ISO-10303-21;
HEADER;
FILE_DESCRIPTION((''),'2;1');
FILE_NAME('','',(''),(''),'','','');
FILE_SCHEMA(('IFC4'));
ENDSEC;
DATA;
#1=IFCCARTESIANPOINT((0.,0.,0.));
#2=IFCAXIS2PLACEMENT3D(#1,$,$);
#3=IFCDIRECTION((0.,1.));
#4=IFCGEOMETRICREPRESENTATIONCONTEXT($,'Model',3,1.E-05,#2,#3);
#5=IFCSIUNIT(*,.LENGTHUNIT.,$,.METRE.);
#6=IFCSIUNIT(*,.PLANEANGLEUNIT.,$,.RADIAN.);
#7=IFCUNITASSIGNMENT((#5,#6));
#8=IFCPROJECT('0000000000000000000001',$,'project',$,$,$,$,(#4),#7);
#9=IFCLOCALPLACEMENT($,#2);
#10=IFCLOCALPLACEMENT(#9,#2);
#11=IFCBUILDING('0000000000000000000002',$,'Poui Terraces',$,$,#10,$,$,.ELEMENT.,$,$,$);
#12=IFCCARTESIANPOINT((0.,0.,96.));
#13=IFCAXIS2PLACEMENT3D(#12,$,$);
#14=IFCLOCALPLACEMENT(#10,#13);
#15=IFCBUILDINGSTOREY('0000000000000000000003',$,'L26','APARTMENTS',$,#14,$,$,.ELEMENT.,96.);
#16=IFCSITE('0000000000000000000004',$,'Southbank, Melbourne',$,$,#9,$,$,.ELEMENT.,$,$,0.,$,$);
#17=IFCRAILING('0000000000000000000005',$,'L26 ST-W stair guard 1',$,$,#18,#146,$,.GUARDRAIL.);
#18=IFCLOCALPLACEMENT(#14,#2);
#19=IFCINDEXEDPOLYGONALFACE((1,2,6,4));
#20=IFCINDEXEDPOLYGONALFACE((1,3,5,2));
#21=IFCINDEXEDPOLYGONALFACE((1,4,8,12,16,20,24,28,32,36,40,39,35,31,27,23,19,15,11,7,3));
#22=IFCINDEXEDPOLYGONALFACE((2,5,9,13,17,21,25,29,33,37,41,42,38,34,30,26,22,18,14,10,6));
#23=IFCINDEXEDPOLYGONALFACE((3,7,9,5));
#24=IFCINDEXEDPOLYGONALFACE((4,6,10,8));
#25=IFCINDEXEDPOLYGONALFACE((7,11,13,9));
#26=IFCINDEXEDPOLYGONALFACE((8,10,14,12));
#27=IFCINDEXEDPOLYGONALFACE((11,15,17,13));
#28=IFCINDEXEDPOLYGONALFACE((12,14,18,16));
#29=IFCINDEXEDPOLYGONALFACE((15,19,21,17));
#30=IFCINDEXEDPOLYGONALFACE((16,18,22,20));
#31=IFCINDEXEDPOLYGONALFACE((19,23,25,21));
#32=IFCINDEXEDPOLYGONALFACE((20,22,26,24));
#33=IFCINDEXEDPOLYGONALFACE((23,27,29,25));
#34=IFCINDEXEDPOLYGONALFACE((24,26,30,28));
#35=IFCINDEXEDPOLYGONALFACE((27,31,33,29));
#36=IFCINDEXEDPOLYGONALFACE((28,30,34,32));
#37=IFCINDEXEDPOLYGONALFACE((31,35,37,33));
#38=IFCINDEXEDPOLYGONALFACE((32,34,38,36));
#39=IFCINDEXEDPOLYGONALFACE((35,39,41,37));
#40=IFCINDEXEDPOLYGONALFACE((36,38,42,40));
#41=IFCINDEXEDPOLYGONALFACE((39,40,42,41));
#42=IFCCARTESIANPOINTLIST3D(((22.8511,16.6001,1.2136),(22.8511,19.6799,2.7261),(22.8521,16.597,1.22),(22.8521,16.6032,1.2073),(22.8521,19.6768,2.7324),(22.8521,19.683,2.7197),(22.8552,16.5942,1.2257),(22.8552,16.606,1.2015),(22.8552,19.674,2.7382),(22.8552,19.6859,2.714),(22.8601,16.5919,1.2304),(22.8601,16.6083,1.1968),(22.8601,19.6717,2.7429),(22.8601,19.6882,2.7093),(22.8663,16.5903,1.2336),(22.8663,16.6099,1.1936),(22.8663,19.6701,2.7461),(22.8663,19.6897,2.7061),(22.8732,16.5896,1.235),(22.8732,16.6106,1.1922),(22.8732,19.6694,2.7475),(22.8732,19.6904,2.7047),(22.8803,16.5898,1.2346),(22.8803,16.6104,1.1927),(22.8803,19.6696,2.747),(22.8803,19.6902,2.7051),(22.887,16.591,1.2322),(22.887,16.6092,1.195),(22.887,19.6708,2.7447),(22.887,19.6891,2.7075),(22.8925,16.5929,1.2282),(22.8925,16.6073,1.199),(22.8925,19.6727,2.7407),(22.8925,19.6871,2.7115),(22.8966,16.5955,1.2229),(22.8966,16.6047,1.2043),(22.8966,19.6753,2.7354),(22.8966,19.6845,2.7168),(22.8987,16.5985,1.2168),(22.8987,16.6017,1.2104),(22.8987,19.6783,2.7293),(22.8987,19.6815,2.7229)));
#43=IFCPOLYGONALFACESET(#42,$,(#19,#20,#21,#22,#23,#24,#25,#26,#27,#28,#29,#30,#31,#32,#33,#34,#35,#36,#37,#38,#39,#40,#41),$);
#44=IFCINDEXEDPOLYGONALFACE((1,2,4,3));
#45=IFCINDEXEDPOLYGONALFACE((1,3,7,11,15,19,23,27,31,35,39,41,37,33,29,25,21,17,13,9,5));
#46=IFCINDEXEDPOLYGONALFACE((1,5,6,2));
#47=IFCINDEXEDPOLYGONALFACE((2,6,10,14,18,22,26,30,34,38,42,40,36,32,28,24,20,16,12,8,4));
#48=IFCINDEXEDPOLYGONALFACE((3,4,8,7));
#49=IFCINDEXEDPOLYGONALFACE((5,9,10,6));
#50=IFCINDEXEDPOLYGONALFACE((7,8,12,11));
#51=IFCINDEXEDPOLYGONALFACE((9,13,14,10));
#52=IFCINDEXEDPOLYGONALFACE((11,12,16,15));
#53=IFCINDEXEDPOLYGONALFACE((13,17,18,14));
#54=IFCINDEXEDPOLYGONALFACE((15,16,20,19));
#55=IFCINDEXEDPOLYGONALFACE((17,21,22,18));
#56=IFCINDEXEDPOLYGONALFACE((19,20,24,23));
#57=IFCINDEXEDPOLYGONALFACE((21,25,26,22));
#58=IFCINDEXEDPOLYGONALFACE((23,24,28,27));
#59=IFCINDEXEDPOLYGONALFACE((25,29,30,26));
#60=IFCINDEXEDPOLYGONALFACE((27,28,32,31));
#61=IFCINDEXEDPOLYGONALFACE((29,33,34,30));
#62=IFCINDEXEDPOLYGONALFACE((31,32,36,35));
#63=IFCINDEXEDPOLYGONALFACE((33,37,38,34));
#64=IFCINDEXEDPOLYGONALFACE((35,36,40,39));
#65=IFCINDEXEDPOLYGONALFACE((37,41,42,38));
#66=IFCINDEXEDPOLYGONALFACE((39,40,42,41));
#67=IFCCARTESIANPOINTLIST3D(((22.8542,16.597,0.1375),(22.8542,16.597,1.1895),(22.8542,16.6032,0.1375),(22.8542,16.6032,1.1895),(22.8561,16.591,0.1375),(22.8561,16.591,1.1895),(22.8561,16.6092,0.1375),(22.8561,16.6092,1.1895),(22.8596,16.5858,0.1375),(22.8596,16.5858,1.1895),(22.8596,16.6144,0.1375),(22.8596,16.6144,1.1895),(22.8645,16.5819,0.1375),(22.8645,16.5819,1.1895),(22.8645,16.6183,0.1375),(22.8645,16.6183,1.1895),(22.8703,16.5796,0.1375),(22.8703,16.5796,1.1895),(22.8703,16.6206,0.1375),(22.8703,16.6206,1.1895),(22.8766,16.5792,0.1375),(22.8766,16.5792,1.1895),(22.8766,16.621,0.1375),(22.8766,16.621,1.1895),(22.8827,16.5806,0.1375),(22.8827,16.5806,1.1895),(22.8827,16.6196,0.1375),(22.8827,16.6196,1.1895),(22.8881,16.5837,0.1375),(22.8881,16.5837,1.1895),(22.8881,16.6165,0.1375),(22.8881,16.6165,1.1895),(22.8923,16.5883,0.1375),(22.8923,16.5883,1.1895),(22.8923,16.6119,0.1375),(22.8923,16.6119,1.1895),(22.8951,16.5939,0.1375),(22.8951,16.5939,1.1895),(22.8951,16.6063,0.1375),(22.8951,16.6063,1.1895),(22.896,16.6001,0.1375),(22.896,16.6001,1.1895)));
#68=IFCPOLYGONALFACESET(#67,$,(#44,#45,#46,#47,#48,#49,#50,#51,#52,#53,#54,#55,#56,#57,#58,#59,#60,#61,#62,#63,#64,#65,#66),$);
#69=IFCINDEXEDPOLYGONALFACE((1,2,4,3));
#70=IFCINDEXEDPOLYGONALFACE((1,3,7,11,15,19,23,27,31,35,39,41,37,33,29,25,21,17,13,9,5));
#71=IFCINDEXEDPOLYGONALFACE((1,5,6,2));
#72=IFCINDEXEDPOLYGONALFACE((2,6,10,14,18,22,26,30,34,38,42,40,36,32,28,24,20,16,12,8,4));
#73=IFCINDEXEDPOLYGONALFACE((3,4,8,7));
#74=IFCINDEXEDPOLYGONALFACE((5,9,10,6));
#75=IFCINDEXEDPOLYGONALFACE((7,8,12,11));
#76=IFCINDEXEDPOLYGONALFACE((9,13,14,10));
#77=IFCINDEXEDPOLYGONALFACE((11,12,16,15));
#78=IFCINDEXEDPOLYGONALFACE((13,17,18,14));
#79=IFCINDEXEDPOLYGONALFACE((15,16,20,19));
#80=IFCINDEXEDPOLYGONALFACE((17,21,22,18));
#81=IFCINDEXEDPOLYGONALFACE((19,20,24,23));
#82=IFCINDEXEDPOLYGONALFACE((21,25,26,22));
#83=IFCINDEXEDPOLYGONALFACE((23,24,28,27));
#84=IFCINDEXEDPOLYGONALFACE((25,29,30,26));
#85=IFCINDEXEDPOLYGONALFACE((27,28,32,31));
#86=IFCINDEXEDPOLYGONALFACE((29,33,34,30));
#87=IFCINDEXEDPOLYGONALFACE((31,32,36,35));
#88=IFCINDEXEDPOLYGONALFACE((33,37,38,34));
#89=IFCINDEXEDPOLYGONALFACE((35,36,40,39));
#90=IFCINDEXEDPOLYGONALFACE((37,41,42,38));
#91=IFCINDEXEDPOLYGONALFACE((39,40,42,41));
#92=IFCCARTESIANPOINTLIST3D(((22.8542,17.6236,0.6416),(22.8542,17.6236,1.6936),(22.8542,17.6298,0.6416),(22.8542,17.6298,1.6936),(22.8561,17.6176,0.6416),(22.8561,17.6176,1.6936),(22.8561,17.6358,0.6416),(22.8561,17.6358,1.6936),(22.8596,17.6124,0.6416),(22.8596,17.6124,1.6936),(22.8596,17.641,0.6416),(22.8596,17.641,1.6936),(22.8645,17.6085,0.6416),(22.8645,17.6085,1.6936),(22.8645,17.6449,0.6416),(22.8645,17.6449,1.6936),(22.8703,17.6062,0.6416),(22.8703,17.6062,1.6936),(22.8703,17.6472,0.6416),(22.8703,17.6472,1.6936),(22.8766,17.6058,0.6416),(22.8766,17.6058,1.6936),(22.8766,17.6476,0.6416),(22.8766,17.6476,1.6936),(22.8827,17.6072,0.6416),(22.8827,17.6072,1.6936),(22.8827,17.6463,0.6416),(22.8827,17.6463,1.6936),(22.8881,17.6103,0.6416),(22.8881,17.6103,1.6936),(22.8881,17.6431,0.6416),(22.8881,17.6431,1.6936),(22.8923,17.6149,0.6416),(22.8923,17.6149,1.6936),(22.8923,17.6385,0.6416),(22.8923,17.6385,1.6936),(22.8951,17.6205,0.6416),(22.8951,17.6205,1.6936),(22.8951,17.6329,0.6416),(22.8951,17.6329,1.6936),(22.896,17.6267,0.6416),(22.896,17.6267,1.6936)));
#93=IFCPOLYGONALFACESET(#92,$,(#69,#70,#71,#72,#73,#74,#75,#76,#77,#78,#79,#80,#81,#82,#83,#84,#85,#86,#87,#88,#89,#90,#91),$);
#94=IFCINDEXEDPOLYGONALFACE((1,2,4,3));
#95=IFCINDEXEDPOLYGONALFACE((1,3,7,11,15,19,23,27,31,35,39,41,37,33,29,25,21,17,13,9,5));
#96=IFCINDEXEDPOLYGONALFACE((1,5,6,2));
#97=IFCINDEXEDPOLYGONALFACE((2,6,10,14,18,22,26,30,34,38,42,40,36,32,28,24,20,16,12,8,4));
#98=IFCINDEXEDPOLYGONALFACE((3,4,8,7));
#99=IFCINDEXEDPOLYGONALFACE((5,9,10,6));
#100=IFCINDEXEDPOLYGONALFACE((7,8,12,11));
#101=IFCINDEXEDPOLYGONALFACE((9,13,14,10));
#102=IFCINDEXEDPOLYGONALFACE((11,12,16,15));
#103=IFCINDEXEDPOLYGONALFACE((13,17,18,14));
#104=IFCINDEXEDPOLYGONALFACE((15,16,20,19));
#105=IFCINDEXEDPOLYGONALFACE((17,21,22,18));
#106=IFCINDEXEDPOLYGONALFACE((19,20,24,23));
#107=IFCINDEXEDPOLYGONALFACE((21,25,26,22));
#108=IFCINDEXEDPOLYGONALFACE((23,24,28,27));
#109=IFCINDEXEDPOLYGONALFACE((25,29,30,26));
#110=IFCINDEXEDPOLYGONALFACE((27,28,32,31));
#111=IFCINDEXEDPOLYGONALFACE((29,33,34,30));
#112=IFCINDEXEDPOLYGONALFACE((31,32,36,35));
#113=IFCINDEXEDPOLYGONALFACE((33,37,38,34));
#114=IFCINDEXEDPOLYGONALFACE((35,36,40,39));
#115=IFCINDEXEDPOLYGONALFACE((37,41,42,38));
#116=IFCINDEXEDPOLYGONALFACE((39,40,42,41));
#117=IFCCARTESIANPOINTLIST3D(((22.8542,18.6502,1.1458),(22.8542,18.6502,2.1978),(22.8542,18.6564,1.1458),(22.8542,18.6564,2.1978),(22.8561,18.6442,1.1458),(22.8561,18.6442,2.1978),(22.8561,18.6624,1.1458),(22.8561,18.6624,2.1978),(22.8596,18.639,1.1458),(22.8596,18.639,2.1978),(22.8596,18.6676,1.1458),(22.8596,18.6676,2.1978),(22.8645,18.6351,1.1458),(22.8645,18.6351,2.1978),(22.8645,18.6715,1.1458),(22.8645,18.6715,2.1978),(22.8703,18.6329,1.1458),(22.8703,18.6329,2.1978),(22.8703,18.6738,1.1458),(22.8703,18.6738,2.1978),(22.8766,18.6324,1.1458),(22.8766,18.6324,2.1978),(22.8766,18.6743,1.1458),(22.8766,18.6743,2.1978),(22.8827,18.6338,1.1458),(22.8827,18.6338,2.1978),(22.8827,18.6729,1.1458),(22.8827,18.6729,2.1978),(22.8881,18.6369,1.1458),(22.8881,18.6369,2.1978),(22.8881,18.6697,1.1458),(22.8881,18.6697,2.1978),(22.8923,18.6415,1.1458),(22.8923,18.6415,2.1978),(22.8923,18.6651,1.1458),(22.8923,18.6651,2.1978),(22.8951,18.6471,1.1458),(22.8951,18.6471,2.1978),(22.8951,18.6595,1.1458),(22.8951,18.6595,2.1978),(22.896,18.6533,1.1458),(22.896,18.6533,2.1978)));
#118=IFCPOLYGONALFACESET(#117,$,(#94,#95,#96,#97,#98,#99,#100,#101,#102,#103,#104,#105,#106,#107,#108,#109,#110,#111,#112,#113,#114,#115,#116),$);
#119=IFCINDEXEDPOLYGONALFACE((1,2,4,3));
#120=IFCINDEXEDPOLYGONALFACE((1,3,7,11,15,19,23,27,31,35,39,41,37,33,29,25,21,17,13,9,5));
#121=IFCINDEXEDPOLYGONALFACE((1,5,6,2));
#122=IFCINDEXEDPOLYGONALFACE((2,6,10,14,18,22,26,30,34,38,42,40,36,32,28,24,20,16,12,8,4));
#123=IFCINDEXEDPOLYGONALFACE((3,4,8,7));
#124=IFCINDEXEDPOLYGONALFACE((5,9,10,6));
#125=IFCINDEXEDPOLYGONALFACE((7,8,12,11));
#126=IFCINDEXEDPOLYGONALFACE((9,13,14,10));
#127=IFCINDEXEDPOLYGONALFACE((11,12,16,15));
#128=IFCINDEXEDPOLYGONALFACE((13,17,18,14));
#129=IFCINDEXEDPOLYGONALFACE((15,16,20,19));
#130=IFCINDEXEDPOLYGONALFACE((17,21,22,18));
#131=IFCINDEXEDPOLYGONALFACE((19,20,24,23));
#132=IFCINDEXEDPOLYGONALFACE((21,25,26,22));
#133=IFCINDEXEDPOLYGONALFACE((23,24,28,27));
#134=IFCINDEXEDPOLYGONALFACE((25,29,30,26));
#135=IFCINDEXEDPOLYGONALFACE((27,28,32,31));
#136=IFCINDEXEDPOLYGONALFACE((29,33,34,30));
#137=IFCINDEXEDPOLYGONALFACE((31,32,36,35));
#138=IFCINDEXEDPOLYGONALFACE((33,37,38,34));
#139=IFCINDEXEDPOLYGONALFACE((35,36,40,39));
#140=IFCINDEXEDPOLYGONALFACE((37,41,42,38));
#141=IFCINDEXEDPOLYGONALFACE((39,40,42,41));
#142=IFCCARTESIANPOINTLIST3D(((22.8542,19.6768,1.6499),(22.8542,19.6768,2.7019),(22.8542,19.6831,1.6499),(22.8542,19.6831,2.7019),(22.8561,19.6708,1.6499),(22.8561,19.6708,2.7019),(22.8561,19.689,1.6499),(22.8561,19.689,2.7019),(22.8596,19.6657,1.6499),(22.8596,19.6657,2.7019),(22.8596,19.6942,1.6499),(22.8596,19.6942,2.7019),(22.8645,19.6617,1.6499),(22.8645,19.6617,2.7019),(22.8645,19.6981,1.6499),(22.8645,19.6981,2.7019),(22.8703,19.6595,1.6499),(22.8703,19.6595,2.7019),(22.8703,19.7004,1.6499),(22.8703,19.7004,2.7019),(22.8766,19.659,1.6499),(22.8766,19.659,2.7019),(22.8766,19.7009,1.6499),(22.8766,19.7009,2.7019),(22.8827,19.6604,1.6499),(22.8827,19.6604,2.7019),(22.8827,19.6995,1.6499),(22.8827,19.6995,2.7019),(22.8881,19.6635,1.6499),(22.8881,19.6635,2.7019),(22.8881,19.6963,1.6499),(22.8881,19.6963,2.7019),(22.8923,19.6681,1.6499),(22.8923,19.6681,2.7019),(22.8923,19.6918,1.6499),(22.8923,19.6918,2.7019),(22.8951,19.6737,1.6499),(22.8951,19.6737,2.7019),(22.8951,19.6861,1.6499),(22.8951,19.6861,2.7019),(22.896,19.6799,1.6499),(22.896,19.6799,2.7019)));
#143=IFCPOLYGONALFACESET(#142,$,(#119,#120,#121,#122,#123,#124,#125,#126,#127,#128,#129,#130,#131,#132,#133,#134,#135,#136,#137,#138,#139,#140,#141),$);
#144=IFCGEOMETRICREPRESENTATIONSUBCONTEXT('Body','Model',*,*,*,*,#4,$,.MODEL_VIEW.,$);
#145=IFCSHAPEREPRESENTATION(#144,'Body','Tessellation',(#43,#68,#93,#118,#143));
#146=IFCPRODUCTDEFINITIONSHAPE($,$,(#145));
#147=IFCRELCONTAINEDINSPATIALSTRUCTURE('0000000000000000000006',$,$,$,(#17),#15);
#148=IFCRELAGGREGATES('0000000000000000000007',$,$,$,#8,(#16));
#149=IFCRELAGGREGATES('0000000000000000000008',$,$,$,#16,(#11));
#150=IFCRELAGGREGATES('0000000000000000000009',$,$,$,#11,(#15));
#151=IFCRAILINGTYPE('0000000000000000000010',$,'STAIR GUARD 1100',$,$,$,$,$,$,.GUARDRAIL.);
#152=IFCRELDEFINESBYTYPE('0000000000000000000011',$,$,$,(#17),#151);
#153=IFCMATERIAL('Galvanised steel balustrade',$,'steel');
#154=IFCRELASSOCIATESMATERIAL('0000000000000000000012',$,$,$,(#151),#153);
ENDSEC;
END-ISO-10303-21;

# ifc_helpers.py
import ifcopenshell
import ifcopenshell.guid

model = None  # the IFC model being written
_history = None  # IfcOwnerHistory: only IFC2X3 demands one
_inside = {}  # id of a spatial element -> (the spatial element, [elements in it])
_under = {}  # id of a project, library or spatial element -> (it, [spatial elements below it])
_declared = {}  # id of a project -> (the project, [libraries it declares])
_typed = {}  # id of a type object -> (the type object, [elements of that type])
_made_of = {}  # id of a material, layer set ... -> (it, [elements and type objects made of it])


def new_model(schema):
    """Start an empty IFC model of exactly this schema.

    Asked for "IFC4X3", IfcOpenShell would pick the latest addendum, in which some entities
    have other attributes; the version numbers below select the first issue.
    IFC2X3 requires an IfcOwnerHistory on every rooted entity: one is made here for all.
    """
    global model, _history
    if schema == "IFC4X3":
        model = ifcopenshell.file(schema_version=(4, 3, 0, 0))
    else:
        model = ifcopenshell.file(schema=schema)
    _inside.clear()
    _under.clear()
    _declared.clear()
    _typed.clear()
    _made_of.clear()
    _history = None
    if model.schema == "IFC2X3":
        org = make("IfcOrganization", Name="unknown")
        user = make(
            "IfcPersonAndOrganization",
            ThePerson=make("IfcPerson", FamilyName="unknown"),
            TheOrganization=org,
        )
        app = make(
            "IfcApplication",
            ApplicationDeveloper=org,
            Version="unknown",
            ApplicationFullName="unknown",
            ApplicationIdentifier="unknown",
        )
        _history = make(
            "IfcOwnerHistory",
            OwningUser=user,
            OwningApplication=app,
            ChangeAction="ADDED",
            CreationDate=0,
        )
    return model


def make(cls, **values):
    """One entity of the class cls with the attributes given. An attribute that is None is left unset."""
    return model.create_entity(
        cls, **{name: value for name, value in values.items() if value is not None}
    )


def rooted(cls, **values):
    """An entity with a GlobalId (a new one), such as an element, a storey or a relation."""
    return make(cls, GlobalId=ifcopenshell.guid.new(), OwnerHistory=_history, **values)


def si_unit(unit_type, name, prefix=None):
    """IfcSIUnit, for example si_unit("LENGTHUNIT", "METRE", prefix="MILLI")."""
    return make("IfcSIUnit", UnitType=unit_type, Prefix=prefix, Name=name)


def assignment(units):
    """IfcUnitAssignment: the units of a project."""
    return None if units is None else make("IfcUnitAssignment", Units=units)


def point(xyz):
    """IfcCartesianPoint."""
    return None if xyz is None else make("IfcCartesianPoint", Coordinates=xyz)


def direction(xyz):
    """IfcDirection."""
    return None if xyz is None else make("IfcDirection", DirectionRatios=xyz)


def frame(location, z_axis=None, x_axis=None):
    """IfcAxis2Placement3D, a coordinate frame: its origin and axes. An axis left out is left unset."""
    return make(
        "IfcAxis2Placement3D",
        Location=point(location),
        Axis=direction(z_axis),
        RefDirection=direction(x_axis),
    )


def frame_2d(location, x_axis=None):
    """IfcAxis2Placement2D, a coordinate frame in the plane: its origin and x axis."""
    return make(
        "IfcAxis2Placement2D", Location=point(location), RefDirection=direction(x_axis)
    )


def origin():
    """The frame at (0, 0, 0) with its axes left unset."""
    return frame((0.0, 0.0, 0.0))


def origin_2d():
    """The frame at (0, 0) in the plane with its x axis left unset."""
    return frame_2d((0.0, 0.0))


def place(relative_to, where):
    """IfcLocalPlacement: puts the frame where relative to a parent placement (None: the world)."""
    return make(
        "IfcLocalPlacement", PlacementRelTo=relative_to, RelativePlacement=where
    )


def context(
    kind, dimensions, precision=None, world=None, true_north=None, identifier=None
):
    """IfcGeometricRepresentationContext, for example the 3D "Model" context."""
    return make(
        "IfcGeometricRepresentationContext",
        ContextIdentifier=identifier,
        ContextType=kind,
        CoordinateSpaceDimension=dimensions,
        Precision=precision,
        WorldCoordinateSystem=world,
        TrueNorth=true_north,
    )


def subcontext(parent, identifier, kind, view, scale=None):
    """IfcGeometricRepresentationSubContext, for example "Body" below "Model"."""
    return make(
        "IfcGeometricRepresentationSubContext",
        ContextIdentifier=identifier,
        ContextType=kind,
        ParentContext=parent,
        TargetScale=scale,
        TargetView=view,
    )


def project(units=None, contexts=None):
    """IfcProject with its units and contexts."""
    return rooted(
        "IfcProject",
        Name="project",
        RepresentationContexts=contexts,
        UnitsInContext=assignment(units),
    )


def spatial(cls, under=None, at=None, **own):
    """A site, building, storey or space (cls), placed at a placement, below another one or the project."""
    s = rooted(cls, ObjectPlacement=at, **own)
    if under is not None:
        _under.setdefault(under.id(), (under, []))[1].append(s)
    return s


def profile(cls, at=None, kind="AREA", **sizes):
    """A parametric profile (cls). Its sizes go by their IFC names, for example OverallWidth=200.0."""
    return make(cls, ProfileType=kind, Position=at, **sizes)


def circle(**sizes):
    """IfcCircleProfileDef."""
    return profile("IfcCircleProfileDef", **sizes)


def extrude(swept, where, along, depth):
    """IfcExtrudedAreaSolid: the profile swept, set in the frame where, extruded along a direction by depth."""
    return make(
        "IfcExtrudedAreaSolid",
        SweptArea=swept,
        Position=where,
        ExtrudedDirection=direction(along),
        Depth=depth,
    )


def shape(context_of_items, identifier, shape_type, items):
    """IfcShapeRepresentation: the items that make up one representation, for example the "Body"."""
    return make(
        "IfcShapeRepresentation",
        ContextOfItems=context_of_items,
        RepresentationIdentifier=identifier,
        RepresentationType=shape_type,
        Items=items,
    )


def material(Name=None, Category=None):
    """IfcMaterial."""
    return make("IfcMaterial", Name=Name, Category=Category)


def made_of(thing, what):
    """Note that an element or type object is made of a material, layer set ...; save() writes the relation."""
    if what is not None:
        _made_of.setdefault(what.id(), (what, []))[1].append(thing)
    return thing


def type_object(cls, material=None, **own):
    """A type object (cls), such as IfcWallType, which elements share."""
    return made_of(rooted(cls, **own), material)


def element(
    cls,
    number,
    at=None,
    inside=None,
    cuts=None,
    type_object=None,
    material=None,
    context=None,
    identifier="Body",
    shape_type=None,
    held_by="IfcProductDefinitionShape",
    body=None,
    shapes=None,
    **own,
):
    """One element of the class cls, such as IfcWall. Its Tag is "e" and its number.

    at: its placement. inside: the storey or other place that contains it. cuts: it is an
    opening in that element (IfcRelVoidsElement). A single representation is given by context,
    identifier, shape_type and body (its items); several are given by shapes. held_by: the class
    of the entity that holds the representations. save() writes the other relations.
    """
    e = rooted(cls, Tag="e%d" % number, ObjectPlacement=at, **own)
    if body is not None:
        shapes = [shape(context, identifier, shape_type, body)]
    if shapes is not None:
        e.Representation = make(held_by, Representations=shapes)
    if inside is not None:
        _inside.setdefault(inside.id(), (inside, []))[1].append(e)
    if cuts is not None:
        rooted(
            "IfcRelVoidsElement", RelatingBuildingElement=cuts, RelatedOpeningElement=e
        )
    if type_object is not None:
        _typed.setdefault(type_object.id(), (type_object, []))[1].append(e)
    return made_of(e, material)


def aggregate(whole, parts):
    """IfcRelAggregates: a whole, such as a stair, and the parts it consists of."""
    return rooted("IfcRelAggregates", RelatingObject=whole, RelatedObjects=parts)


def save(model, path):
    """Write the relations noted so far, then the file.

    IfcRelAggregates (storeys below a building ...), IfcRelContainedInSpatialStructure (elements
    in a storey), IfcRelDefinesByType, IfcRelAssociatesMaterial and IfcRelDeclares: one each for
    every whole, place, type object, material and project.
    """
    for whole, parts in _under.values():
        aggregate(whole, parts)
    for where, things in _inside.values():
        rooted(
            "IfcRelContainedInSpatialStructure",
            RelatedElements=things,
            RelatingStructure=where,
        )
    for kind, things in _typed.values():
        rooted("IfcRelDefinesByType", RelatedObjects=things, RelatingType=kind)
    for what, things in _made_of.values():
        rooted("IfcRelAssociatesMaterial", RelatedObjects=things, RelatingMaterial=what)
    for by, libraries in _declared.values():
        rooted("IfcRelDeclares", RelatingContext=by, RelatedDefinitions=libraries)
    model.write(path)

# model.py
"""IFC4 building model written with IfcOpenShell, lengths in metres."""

from ifc_helpers import new_model, si_unit, direction, frame, origin, origin_2d, place, context, subcontext, project, spatial, circle, extrude, material, type_object, element, save


model = new_model("IFC4")

# Units and contexts
model_context = context("Model", 3, precision=1e-05, world=origin(), true_north=direction((0.0, 1.0)))
body_context = subcontext(model_context, "Body", "Model", "MODEL_VIEW")
ifc_project = project(units=[si_unit("LENGTHUNIT", "METRE"), si_unit("PLANEANGLEUNIT", "RADIAN")], contexts=[model_context])

# Site, building, storey
site_placement = place(None, origin())
site = spatial("IfcSite", under=ifc_project, at=site_placement, Name="Southbank, Melbourne", CompositionType="ELEMENT", RefElevation=0.0)
building_placement = place(site_placement, origin())
building = spatial("IfcBuilding", under=site, at=building_placement, Name="Poui Terraces", CompositionType="ELEMENT")
storey_placement = place(building_placement, frame((0.0, 0.0, 96.0)))
storey = spatial("IfcBuildingStorey", under=building, at=storey_placement, Name="L26", Description="APARTMENTS", CompositionType="ELEMENT", Elevation=96.0)

# Railing
ifc_material_1 = material(Name="Galvanised steel balustrade", Category="steel")
railing_type_1 = type_object("IfcRailingType", Name="STAIR GUARD 1100", PredefinedType="GUARDRAIL", material=ifc_material_1)
railing_1_placement = place(storey_placement, frame((22.875, 16.6001, 0.1375)))
element("IfcRailing", 1, at=railing_1_placement, inside=storey, type_object=railing_type_1, Name="L26 ST-W stair guard 1", PredefinedType="GUARDRAIL", context=body_context, shape_type="SweptSolid", body=[
    extrude(circle(Radius=0.0239, at=origin_2d()), frame((0.0, 0.0, 1.0762), z_axis=(0.0, 0.897606, 0.440798), x_axis=(-1.0, 0.0, 0.0)), (0.0, 0.0, 1.0), 3.4312),
    extrude(circle(Radius=0.021, at=origin_2d()), origin(), (0.0, 0.0, 1.0), 1.052),
    extrude(circle(Radius=0.021, at=origin_2d()), frame((0.0, 1.0266, 0.5042)), (0.0, 0.0, 1.0), 1.052),
    extrude(circle(Radius=0.021, at=origin_2d()), frame((0.0, 2.0532, 1.0083)), (0.0, 0.0, 1.0), 1.052),
    extrude(circle(Radius=0.021, at=origin_2d()), frame((0.0, 3.0798, 1.5125)), (0.0, 0.0, 1.0), 1.052),
])

save(model, "model.ifc")
